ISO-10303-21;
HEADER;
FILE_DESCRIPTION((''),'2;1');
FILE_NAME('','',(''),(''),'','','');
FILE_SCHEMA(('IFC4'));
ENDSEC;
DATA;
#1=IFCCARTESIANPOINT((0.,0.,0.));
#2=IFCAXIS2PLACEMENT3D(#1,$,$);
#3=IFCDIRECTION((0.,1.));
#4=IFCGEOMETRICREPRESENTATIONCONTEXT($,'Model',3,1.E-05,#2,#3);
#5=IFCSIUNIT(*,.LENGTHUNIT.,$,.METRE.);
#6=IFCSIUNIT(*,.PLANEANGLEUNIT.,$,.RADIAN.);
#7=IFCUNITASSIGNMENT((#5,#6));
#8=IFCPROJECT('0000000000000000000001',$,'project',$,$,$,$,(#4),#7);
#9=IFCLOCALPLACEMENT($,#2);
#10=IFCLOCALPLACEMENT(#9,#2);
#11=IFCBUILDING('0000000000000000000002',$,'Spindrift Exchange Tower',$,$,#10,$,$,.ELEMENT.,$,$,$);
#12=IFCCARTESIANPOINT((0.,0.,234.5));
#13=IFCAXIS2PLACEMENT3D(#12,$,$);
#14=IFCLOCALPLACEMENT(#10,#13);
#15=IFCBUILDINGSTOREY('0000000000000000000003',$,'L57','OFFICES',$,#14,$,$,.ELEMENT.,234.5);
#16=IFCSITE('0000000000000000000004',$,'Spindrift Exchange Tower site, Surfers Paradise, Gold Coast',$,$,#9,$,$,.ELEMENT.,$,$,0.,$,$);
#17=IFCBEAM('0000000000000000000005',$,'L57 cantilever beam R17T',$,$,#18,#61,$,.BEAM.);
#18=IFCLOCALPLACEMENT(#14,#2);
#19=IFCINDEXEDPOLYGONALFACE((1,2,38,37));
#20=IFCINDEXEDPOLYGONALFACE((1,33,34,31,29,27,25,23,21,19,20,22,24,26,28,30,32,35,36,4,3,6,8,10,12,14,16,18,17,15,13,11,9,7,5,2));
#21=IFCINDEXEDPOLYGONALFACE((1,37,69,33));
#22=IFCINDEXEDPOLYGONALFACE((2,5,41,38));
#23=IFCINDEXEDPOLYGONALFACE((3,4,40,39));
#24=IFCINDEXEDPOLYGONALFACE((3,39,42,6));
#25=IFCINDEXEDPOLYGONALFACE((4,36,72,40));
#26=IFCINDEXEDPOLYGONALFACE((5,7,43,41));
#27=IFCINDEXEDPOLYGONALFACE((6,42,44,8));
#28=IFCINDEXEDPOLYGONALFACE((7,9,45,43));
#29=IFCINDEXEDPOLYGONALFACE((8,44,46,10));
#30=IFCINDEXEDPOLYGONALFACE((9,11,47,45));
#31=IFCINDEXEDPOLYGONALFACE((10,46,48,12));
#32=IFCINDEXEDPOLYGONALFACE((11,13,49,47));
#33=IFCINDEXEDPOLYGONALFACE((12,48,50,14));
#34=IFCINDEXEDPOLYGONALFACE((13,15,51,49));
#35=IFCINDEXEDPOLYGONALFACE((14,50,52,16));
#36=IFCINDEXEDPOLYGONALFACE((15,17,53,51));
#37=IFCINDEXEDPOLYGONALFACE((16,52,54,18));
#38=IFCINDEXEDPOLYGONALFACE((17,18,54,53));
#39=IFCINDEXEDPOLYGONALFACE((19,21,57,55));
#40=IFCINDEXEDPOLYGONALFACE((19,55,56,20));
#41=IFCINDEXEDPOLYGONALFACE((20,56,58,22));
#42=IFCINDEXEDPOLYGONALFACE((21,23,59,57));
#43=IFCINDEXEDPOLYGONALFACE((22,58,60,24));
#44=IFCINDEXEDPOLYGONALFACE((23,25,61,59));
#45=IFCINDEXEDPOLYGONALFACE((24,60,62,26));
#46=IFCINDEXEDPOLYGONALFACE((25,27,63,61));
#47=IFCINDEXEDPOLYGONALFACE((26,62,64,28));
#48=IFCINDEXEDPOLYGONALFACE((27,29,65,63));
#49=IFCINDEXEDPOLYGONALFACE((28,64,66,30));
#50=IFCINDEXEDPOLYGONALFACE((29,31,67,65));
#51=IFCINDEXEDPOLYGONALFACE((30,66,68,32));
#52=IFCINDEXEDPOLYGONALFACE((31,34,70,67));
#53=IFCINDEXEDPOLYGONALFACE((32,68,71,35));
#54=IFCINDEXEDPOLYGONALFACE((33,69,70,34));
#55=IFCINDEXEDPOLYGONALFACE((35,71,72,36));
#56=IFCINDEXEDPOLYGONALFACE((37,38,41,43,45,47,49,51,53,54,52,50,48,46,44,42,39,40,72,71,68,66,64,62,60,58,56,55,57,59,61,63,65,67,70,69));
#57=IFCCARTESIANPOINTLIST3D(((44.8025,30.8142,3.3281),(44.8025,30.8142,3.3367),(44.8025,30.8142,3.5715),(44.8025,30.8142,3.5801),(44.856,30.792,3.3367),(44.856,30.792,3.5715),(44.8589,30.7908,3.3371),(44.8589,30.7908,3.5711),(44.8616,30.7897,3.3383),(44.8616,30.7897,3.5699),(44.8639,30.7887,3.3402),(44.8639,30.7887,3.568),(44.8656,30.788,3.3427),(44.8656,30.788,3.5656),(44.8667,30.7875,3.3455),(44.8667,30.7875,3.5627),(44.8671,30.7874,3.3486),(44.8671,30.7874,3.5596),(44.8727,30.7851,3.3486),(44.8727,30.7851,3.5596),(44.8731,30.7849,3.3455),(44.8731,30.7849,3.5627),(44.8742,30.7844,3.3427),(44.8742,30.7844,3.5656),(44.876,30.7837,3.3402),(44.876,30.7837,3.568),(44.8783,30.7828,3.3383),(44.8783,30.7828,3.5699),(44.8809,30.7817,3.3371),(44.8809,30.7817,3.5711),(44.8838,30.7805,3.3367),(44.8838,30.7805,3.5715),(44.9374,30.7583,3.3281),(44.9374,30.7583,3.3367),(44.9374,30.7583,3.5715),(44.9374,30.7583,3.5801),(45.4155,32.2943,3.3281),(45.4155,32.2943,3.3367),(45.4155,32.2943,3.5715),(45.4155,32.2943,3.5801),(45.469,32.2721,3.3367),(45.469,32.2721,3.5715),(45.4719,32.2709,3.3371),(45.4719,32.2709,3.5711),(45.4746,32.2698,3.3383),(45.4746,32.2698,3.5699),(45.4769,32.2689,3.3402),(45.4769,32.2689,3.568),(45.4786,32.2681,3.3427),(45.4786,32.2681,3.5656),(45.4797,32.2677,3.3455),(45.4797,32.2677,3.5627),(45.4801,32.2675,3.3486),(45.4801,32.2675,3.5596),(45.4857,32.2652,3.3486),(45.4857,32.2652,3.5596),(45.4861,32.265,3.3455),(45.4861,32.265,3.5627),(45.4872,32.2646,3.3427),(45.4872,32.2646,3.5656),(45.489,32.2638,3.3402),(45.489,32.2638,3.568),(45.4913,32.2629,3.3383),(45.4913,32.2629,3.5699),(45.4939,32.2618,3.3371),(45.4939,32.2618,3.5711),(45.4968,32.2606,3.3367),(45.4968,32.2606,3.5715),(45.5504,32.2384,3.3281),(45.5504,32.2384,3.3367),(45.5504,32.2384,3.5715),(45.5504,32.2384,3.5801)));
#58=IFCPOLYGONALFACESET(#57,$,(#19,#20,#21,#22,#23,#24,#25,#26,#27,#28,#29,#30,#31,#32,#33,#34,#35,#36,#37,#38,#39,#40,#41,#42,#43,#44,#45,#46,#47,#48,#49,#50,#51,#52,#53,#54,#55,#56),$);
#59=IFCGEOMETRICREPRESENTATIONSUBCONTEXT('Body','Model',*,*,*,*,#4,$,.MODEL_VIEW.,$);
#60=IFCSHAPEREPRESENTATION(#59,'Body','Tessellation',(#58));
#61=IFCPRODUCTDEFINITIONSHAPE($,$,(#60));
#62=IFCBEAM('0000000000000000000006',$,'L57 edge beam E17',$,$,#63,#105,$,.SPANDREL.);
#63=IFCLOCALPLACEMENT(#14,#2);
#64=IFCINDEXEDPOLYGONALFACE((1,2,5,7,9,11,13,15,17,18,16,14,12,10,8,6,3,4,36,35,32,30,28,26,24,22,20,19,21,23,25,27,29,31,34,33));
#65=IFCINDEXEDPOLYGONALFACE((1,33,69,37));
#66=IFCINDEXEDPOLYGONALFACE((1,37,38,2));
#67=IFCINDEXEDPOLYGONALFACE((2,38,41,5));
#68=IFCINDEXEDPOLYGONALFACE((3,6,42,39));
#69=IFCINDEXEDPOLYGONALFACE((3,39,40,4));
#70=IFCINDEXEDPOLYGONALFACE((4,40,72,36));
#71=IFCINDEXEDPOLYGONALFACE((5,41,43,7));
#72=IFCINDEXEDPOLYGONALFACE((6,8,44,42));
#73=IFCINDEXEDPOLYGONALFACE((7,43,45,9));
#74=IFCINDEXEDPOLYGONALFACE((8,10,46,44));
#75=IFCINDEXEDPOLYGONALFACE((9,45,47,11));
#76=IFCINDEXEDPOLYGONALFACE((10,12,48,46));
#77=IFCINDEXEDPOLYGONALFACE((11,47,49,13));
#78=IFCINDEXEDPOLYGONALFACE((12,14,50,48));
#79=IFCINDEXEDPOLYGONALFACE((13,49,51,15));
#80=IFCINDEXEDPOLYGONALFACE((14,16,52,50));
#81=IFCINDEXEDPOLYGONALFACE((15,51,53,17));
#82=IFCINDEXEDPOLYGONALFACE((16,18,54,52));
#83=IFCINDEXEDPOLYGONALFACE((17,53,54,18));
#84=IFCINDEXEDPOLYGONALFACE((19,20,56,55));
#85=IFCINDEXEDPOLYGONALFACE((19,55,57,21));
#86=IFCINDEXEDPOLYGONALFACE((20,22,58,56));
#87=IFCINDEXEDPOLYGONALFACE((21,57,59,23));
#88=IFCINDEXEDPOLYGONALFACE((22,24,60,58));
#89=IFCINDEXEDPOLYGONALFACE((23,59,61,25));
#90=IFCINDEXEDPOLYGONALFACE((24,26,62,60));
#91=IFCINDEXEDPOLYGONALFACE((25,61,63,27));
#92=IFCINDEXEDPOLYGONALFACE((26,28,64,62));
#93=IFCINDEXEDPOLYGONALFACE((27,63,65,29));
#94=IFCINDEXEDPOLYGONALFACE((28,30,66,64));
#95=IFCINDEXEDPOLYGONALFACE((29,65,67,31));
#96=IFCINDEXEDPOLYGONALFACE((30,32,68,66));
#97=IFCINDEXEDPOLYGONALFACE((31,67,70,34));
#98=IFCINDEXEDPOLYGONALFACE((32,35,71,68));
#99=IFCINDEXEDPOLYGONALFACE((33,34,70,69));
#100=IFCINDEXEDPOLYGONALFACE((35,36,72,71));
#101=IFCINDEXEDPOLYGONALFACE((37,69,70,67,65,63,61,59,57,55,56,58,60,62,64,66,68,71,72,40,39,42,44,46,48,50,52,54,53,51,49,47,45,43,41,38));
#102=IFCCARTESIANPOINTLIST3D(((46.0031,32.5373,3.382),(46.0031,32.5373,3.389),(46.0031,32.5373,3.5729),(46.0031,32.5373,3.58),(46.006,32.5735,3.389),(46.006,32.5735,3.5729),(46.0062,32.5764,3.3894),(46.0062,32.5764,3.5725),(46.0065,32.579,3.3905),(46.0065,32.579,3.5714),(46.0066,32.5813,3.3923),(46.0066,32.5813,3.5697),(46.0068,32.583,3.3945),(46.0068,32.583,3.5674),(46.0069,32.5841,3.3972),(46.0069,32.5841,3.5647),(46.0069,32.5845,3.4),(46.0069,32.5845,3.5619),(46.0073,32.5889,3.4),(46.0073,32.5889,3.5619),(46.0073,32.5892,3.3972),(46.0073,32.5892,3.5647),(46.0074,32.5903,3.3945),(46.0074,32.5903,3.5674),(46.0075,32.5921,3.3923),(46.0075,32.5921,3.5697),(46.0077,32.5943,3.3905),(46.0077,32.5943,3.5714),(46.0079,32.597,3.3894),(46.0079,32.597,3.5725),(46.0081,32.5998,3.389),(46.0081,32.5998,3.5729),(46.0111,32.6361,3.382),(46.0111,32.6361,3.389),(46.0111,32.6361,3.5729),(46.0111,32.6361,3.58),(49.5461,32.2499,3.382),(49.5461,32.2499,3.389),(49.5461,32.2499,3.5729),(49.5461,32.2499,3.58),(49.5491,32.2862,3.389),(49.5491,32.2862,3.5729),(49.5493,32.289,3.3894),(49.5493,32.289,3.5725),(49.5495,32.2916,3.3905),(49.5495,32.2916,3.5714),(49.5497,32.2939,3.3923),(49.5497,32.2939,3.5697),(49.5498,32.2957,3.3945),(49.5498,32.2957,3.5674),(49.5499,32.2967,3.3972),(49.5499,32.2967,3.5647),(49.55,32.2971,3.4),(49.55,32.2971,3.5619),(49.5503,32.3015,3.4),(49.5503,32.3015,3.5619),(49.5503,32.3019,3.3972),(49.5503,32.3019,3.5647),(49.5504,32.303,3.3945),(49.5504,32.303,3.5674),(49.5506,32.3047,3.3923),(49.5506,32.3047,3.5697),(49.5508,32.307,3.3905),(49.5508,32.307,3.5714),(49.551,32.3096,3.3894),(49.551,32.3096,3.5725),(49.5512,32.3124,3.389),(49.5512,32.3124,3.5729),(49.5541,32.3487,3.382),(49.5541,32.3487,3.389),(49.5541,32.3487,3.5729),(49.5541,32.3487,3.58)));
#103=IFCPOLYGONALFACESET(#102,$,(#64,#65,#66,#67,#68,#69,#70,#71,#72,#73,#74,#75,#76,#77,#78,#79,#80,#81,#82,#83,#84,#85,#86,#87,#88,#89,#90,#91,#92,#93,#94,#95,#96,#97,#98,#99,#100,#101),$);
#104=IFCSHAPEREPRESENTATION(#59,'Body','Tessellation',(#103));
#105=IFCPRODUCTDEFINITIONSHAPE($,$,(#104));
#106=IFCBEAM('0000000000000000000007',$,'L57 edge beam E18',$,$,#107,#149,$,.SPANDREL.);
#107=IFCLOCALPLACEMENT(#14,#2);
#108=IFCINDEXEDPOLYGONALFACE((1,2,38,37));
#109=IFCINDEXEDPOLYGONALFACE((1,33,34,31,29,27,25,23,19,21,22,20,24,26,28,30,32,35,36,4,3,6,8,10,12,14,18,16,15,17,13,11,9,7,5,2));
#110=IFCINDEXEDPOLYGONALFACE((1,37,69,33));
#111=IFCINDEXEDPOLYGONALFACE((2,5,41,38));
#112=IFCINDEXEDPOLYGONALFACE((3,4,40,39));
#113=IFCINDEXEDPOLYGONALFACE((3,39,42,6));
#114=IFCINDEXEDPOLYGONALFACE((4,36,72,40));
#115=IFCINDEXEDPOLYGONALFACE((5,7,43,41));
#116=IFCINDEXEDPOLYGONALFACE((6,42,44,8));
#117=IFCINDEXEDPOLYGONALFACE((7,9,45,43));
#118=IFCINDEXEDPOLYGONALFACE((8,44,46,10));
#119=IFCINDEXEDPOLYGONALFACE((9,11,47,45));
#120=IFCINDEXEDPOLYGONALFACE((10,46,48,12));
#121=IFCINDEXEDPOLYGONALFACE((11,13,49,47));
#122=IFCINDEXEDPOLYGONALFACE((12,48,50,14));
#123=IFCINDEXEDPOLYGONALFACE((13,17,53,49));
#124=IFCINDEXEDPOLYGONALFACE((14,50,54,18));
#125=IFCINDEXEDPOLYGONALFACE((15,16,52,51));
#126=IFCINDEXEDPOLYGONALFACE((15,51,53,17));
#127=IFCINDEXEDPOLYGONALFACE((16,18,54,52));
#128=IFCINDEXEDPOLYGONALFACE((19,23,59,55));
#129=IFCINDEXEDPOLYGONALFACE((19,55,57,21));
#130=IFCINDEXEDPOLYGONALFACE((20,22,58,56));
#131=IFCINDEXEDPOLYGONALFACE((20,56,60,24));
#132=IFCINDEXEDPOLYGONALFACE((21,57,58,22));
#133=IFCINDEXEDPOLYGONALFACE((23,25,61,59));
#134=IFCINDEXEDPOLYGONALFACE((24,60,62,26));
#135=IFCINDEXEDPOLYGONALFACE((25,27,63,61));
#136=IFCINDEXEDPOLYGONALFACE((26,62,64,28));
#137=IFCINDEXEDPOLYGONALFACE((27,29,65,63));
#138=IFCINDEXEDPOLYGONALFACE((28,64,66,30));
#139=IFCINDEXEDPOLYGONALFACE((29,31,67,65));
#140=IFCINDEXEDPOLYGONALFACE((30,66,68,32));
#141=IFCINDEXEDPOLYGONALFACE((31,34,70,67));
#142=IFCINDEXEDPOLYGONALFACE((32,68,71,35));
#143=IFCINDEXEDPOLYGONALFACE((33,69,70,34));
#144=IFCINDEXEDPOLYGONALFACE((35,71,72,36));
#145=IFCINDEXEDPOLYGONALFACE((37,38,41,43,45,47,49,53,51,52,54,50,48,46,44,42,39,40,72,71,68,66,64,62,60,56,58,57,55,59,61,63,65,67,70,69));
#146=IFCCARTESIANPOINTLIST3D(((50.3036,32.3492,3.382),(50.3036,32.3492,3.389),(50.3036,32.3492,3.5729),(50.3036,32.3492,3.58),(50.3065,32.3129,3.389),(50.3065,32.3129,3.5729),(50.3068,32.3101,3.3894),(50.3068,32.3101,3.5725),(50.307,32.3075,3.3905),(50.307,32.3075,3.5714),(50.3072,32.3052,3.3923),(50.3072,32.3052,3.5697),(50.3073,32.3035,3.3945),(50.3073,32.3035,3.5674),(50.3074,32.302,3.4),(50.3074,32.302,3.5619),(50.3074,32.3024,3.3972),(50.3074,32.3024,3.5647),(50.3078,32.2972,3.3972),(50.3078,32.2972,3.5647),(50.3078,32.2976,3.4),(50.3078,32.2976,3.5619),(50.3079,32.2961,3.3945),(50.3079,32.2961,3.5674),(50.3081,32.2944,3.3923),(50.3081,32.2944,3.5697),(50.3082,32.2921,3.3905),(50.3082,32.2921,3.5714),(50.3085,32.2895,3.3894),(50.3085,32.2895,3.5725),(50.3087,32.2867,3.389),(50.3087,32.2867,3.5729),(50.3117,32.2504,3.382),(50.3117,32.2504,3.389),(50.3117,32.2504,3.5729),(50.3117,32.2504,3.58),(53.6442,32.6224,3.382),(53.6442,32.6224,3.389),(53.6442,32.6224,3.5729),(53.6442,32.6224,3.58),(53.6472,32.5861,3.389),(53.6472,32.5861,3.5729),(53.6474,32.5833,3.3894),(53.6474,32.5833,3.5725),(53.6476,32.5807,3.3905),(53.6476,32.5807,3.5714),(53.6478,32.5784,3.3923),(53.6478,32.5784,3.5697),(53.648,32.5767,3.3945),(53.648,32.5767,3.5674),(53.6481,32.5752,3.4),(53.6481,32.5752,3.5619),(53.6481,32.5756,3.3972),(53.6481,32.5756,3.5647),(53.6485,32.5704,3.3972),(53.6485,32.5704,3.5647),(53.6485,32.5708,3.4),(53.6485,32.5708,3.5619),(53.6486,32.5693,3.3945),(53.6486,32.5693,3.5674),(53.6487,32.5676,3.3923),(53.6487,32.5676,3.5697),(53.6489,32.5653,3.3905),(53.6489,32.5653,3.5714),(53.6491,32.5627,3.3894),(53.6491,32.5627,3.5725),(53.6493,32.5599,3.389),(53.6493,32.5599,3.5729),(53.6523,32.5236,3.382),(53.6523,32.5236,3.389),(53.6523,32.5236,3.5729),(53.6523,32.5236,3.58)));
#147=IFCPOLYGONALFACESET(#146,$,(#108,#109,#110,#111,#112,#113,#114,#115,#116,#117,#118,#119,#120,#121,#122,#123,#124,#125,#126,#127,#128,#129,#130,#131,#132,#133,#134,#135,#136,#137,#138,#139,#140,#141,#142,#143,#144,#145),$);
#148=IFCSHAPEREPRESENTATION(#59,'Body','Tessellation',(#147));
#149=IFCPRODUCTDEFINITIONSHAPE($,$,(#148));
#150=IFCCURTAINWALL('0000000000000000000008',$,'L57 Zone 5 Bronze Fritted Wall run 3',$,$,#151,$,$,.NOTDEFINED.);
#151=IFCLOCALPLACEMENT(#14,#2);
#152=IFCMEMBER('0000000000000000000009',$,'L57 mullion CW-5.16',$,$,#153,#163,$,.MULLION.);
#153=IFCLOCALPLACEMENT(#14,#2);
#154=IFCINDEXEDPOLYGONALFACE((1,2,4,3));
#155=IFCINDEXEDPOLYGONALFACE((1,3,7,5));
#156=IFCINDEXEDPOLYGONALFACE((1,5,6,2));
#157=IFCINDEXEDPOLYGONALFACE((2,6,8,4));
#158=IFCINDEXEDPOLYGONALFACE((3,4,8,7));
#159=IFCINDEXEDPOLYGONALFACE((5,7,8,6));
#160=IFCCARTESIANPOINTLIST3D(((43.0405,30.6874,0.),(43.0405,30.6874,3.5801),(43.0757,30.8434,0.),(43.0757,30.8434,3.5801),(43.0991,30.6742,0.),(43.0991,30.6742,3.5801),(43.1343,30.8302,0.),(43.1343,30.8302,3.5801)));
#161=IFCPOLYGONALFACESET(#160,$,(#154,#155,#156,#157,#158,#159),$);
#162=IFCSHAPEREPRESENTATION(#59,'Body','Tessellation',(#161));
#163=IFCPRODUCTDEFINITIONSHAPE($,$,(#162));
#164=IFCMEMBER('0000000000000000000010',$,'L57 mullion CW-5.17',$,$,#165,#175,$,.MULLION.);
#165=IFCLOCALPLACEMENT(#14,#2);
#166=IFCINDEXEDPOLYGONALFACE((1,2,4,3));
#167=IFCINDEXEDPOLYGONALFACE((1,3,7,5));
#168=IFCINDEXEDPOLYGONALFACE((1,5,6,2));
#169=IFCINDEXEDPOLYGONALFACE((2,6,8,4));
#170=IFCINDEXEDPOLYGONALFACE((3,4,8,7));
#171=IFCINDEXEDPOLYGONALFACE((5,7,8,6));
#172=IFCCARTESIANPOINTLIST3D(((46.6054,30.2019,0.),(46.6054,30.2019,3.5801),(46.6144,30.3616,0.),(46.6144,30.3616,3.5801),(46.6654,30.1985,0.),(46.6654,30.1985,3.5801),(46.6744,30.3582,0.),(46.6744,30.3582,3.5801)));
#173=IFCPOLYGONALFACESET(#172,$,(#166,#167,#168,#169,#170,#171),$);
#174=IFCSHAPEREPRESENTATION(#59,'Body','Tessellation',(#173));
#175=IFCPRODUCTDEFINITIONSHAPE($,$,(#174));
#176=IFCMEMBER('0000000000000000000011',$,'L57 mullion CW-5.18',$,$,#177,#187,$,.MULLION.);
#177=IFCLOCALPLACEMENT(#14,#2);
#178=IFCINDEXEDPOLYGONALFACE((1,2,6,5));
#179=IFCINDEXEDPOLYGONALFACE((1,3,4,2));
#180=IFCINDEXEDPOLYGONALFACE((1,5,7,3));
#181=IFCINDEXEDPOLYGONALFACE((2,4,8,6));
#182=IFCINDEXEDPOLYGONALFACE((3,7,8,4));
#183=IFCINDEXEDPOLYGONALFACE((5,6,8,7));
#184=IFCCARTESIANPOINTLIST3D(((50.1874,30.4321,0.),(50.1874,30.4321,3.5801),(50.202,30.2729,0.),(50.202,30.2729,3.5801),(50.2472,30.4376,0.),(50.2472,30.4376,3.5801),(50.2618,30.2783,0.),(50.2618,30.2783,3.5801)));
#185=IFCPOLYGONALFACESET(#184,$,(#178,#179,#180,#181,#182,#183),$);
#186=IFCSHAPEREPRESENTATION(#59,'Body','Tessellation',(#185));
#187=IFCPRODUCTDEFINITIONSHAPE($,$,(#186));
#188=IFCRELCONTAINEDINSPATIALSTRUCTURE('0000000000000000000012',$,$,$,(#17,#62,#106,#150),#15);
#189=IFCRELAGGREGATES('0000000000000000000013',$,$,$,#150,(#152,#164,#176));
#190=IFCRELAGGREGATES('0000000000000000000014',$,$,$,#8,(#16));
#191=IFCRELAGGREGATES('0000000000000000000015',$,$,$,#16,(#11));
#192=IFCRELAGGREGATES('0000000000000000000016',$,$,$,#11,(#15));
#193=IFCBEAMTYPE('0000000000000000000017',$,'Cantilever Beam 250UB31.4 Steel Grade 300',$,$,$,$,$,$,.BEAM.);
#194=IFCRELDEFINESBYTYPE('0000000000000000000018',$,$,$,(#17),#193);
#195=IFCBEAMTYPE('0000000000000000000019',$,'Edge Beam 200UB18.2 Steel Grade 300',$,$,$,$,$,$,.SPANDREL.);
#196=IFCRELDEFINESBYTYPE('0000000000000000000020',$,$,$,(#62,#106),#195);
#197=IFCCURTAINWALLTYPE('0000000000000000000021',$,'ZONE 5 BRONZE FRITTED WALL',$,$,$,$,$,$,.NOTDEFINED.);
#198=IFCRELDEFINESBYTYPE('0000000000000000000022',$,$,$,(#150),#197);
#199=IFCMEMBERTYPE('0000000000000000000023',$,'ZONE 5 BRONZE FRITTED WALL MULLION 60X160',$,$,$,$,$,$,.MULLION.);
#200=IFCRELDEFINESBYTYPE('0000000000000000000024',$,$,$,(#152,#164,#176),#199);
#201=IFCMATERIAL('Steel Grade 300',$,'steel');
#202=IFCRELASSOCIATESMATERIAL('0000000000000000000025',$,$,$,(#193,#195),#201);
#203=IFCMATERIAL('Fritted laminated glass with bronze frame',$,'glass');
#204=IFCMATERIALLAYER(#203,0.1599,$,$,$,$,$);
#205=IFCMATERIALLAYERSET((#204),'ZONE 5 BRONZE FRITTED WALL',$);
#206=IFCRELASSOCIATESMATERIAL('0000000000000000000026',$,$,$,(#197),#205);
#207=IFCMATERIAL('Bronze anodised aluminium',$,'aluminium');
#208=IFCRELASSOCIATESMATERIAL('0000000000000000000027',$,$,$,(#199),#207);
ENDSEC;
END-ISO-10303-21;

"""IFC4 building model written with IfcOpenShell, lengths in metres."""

from ifc_helpers import new_model, si_unit, direction, frame, origin, origin_2d, place, context, subcontext, project, spatial, rectangle, i_section, extrude, source, transform, mapped, material, layer, layer_set, material_profile, profile_set, type_object, element, aggregate, save


model = new_model("IFC4")

# Units and contexts
model_context = context("Model", 3, precision=1e-05, world=origin(), true_north=direction((0.0, 1.0)))
body_context = subcontext(model_context, "Body", "Model", "MODEL_VIEW")
ifc_project = project(units=[si_unit("LENGTHUNIT", "METRE"), si_unit("PLANEANGLEUNIT", "RADIAN")], contexts=[model_context])

# Site, building, storey
site_placement = place(None, origin())
site = spatial("IfcSite", under=ifc_project, at=site_placement, Name="Spindrift Exchange Tower site, Surfers Paradise, Gold Coast", CompositionType="ELEMENT", RefElevation=0.0)
building_placement = place(site_placement, origin())
building = spatial("IfcBuilding", under=site, at=building_placement, Name="Spindrift Exchange Tower", CompositionType="ELEMENT")
storey_placement = place(building_placement, frame((0.0, 0.0, 234.5)))
storey = spatial("IfcBuildingStorey", under=building, at=storey_placement, Name="L57", Description="OFFICES", CompositionType="ELEMENT", Elevation=234.5)

# Beams
ifc_material_1 = material(Name="Steel Grade 300", Category="steel")
ifc_material_profile_1 = material_profile(ifc_material_1, i_section(OverallWidth=0.146, OverallDepth=0.252, WebThickness=0.0061, FlangeThickness=0.0085, FilletRadius=0.012, at=origin_2d()), Name="250UB31.4")
ifc_profile_set_1 = profile_set([ifc_material_profile_1], Name="Steel Grade 300")
beam_type_1 = type_object("IfcBeamType", Name="Cantilever Beam 250UB31.4 Steel Grade 300", PredefinedType="BEAM", material=ifc_profile_set_1)
shared_shape_1 = source(origin(), body_context, "Body", "SweptSolid", [
    extrude(i_section(OverallWidth=0.146, OverallDepth=0.252, WebThickness=0.0061, FlangeThickness=0.0085, FilletRadius=0.012, at=origin_2d()), origin(), (0.0, 0.0, 1.0), 1.6021),
])
beam_1_placement = place(storey_placement, frame((45.4829, 32.2664, 3.4541), z_axis=(-0.382634, -0.9239, 0.0), x_axis=(0.9239, -0.382634, 0.0)))
element("IfcBeam", 1, at=beam_1_placement, inside=storey, type_object=beam_type_1, Name="L57 cantilever beam R17T", PredefinedType="BEAM", context=body_context, shape_type="MappedRepresentation", body=[
    mapped(shared_shape_1, transform((0.0, 0.0, 0.0), scale=1.0)),
])
ifc_material_profile_2 = material_profile(ifc_material_1, i_section(OverallWidth=0.0991, OverallDepth=0.198, WebThickness=0.0044, FlangeThickness=0.0071, FilletRadius=0.011, at=origin_2d()), Name="200UB18.2")
ifc_profile_set_2 = profile_set([ifc_material_profile_2], Name="Steel Grade 300")
beam_type_2 = type_object("IfcBeamType", Name="Edge Beam 200UB18.2 Steel Grade 300", PredefinedType="SPANDREL", material=ifc_profile_set_2)
shared_shape_2 = source(origin(), body_context, "Body", "SweptSolid", [
    extrude(i_section(OverallWidth=0.0991, OverallDepth=0.198, WebThickness=0.0044, FlangeThickness=0.0071, FilletRadius=0.011, at=origin_2d()), origin(), (0.0, 0.0, 1.0), 3.5547),
])
beam_2_placement = place(storey_placement, frame((46.0071, 32.5867, 3.481), z_axis=(0.996727, -0.08084, 0.0), x_axis=(0.08084, 0.996727, 0.0)))
element("IfcBeam", 2, at=beam_2_placement, inside=storey, type_object=beam_type_2, Name="L57 edge beam E17", PredefinedType="SPANDREL", context=body_context, shape_type="MappedRepresentation", body=[
    mapped(shared_shape_2, transform((0.0, 0.0, 0.0), scale=1.0)),
])
shared_shape_3 = source(origin(), body_context, "Body", "SweptSolid", [
    extrude(i_section(OverallWidth=0.0991, OverallDepth=0.198, WebThickness=0.0044, FlangeThickness=0.0071, FilletRadius=0.011, at=origin_2d()), origin(), (0.0, 0.0, 1.0), 3.3518),
])
beam_3_placement = place(storey_placement, frame((50.3076, 32.2998, 3.481), z_axis=(0.996673, 0.081508, 0.0), x_axis=(-0.081508, 0.996673, 0.0)))
element("IfcBeam", 3, at=beam_3_placement, inside=storey, type_object=beam_type_2, Name="L57 edge beam E18", PredefinedType="SPANDREL", context=body_context, shape_type="MappedRepresentation", body=[
    mapped(shared_shape_3, transform((0.0, 0.0, 0.0), scale=1.0)),
])

# Curtain wall, members
ifc_material_2 = material(Name="Fritted laminated glass with bronze frame", Category="glass")
ifc_layer_1 = layer(ifc_material_2, 0.1599)
ifc_layer_set_1 = layer_set([ifc_layer_1], Name="ZONE 5 BRONZE FRITTED WALL")
curtain_wall_type = type_object("IfcCurtainWallType", Name="ZONE 5 BRONZE FRITTED WALL", PredefinedType="NOTDEFINED", material=ifc_layer_set_1)
curtain_wall_1_placement = place(storey_placement, origin())
curtain_wall_1 = element("IfcCurtainWall", 4, at=curtain_wall_1_placement, inside=storey, type_object=curtain_wall_type, Name="L57 Zone 5 Bronze Fritted Wall run 3", PredefinedType="NOTDEFINED")
ifc_material_3 = material(Name="Bronze anodised aluminium", Category="aluminium")
ifc_material_profile_3 = material_profile(ifc_material_3, rectangle(XDim=0.0601, YDim=0.1599, at=origin_2d()), Name="ZONE 5 BRONZE FRITTED WALL MULLION 60X160")
ifc_profile_set_3 = profile_set([ifc_material_profile_3], Name="Bronze anodised aluminium")
member_type_1 = type_object("IfcMemberType", Name="ZONE 5 BRONZE FRITTED WALL MULLION 60X160", PredefinedType="MULLION", material=ifc_profile_set_3)
shared_shape_4 = source(origin(), body_context, "Body", "SweptSolid", [
    extrude(rectangle(XDim=0.0601, YDim=0.1599, at=origin_2d()), origin(), (0.0, 0.0, 1.0), 3.5801),
])
member_1_placement = place(storey_placement, frame((43.0874, 30.7588, 0.0), z_axis=(0.0, 0.0, 1.0), x_axis=(0.975471, -0.220129, 0.0)))
member_1 = element("IfcMember", 5, at=member_1_placement, type_object=member_type_1, Name="L57 mullion CW-5.16", PredefinedType="MULLION", context=body_context, shape_type="MappedRepresentation", body=[
    mapped(shared_shape_4, transform((0.0, 0.0, 0.0), scale=1.0)),
])
member_2_placement = place(storey_placement, frame((46.6399, 30.28, 0.0), z_axis=(0.0, 0.0, 1.0), x_axis=(0.998405, -0.056452, 0.0)))
member_2 = element("IfcMember", 6, at=member_2_placement, type_object=member_type_1, Name="L57 mullion CW-5.17", PredefinedType="MULLION", context=body_context, shape_type="MappedRepresentation", body=[
    mapped(shared_shape_4, transform((0.0, 0.0, 0.0), scale=1.0)),
])
member_3_placement = place(storey_placement, frame((50.2246, 30.3552, 0.0), z_axis=(0.0, 0.0, 1.0), x_axis=(0.99584, 0.091122, 0.0)))
member_3 = element("IfcMember", 7, at=member_3_placement, type_object=member_type_1, Name="L57 mullion CW-5.18", PredefinedType="MULLION", context=body_context, shape_type="MappedRepresentation", body=[
    mapped(shared_shape_4, transform((0.0, 0.0, 0.0), scale=1.0)),
])

aggregate(curtain_wall_1, [member_1, member_2, member_3])

save(model, "model.ifc")
